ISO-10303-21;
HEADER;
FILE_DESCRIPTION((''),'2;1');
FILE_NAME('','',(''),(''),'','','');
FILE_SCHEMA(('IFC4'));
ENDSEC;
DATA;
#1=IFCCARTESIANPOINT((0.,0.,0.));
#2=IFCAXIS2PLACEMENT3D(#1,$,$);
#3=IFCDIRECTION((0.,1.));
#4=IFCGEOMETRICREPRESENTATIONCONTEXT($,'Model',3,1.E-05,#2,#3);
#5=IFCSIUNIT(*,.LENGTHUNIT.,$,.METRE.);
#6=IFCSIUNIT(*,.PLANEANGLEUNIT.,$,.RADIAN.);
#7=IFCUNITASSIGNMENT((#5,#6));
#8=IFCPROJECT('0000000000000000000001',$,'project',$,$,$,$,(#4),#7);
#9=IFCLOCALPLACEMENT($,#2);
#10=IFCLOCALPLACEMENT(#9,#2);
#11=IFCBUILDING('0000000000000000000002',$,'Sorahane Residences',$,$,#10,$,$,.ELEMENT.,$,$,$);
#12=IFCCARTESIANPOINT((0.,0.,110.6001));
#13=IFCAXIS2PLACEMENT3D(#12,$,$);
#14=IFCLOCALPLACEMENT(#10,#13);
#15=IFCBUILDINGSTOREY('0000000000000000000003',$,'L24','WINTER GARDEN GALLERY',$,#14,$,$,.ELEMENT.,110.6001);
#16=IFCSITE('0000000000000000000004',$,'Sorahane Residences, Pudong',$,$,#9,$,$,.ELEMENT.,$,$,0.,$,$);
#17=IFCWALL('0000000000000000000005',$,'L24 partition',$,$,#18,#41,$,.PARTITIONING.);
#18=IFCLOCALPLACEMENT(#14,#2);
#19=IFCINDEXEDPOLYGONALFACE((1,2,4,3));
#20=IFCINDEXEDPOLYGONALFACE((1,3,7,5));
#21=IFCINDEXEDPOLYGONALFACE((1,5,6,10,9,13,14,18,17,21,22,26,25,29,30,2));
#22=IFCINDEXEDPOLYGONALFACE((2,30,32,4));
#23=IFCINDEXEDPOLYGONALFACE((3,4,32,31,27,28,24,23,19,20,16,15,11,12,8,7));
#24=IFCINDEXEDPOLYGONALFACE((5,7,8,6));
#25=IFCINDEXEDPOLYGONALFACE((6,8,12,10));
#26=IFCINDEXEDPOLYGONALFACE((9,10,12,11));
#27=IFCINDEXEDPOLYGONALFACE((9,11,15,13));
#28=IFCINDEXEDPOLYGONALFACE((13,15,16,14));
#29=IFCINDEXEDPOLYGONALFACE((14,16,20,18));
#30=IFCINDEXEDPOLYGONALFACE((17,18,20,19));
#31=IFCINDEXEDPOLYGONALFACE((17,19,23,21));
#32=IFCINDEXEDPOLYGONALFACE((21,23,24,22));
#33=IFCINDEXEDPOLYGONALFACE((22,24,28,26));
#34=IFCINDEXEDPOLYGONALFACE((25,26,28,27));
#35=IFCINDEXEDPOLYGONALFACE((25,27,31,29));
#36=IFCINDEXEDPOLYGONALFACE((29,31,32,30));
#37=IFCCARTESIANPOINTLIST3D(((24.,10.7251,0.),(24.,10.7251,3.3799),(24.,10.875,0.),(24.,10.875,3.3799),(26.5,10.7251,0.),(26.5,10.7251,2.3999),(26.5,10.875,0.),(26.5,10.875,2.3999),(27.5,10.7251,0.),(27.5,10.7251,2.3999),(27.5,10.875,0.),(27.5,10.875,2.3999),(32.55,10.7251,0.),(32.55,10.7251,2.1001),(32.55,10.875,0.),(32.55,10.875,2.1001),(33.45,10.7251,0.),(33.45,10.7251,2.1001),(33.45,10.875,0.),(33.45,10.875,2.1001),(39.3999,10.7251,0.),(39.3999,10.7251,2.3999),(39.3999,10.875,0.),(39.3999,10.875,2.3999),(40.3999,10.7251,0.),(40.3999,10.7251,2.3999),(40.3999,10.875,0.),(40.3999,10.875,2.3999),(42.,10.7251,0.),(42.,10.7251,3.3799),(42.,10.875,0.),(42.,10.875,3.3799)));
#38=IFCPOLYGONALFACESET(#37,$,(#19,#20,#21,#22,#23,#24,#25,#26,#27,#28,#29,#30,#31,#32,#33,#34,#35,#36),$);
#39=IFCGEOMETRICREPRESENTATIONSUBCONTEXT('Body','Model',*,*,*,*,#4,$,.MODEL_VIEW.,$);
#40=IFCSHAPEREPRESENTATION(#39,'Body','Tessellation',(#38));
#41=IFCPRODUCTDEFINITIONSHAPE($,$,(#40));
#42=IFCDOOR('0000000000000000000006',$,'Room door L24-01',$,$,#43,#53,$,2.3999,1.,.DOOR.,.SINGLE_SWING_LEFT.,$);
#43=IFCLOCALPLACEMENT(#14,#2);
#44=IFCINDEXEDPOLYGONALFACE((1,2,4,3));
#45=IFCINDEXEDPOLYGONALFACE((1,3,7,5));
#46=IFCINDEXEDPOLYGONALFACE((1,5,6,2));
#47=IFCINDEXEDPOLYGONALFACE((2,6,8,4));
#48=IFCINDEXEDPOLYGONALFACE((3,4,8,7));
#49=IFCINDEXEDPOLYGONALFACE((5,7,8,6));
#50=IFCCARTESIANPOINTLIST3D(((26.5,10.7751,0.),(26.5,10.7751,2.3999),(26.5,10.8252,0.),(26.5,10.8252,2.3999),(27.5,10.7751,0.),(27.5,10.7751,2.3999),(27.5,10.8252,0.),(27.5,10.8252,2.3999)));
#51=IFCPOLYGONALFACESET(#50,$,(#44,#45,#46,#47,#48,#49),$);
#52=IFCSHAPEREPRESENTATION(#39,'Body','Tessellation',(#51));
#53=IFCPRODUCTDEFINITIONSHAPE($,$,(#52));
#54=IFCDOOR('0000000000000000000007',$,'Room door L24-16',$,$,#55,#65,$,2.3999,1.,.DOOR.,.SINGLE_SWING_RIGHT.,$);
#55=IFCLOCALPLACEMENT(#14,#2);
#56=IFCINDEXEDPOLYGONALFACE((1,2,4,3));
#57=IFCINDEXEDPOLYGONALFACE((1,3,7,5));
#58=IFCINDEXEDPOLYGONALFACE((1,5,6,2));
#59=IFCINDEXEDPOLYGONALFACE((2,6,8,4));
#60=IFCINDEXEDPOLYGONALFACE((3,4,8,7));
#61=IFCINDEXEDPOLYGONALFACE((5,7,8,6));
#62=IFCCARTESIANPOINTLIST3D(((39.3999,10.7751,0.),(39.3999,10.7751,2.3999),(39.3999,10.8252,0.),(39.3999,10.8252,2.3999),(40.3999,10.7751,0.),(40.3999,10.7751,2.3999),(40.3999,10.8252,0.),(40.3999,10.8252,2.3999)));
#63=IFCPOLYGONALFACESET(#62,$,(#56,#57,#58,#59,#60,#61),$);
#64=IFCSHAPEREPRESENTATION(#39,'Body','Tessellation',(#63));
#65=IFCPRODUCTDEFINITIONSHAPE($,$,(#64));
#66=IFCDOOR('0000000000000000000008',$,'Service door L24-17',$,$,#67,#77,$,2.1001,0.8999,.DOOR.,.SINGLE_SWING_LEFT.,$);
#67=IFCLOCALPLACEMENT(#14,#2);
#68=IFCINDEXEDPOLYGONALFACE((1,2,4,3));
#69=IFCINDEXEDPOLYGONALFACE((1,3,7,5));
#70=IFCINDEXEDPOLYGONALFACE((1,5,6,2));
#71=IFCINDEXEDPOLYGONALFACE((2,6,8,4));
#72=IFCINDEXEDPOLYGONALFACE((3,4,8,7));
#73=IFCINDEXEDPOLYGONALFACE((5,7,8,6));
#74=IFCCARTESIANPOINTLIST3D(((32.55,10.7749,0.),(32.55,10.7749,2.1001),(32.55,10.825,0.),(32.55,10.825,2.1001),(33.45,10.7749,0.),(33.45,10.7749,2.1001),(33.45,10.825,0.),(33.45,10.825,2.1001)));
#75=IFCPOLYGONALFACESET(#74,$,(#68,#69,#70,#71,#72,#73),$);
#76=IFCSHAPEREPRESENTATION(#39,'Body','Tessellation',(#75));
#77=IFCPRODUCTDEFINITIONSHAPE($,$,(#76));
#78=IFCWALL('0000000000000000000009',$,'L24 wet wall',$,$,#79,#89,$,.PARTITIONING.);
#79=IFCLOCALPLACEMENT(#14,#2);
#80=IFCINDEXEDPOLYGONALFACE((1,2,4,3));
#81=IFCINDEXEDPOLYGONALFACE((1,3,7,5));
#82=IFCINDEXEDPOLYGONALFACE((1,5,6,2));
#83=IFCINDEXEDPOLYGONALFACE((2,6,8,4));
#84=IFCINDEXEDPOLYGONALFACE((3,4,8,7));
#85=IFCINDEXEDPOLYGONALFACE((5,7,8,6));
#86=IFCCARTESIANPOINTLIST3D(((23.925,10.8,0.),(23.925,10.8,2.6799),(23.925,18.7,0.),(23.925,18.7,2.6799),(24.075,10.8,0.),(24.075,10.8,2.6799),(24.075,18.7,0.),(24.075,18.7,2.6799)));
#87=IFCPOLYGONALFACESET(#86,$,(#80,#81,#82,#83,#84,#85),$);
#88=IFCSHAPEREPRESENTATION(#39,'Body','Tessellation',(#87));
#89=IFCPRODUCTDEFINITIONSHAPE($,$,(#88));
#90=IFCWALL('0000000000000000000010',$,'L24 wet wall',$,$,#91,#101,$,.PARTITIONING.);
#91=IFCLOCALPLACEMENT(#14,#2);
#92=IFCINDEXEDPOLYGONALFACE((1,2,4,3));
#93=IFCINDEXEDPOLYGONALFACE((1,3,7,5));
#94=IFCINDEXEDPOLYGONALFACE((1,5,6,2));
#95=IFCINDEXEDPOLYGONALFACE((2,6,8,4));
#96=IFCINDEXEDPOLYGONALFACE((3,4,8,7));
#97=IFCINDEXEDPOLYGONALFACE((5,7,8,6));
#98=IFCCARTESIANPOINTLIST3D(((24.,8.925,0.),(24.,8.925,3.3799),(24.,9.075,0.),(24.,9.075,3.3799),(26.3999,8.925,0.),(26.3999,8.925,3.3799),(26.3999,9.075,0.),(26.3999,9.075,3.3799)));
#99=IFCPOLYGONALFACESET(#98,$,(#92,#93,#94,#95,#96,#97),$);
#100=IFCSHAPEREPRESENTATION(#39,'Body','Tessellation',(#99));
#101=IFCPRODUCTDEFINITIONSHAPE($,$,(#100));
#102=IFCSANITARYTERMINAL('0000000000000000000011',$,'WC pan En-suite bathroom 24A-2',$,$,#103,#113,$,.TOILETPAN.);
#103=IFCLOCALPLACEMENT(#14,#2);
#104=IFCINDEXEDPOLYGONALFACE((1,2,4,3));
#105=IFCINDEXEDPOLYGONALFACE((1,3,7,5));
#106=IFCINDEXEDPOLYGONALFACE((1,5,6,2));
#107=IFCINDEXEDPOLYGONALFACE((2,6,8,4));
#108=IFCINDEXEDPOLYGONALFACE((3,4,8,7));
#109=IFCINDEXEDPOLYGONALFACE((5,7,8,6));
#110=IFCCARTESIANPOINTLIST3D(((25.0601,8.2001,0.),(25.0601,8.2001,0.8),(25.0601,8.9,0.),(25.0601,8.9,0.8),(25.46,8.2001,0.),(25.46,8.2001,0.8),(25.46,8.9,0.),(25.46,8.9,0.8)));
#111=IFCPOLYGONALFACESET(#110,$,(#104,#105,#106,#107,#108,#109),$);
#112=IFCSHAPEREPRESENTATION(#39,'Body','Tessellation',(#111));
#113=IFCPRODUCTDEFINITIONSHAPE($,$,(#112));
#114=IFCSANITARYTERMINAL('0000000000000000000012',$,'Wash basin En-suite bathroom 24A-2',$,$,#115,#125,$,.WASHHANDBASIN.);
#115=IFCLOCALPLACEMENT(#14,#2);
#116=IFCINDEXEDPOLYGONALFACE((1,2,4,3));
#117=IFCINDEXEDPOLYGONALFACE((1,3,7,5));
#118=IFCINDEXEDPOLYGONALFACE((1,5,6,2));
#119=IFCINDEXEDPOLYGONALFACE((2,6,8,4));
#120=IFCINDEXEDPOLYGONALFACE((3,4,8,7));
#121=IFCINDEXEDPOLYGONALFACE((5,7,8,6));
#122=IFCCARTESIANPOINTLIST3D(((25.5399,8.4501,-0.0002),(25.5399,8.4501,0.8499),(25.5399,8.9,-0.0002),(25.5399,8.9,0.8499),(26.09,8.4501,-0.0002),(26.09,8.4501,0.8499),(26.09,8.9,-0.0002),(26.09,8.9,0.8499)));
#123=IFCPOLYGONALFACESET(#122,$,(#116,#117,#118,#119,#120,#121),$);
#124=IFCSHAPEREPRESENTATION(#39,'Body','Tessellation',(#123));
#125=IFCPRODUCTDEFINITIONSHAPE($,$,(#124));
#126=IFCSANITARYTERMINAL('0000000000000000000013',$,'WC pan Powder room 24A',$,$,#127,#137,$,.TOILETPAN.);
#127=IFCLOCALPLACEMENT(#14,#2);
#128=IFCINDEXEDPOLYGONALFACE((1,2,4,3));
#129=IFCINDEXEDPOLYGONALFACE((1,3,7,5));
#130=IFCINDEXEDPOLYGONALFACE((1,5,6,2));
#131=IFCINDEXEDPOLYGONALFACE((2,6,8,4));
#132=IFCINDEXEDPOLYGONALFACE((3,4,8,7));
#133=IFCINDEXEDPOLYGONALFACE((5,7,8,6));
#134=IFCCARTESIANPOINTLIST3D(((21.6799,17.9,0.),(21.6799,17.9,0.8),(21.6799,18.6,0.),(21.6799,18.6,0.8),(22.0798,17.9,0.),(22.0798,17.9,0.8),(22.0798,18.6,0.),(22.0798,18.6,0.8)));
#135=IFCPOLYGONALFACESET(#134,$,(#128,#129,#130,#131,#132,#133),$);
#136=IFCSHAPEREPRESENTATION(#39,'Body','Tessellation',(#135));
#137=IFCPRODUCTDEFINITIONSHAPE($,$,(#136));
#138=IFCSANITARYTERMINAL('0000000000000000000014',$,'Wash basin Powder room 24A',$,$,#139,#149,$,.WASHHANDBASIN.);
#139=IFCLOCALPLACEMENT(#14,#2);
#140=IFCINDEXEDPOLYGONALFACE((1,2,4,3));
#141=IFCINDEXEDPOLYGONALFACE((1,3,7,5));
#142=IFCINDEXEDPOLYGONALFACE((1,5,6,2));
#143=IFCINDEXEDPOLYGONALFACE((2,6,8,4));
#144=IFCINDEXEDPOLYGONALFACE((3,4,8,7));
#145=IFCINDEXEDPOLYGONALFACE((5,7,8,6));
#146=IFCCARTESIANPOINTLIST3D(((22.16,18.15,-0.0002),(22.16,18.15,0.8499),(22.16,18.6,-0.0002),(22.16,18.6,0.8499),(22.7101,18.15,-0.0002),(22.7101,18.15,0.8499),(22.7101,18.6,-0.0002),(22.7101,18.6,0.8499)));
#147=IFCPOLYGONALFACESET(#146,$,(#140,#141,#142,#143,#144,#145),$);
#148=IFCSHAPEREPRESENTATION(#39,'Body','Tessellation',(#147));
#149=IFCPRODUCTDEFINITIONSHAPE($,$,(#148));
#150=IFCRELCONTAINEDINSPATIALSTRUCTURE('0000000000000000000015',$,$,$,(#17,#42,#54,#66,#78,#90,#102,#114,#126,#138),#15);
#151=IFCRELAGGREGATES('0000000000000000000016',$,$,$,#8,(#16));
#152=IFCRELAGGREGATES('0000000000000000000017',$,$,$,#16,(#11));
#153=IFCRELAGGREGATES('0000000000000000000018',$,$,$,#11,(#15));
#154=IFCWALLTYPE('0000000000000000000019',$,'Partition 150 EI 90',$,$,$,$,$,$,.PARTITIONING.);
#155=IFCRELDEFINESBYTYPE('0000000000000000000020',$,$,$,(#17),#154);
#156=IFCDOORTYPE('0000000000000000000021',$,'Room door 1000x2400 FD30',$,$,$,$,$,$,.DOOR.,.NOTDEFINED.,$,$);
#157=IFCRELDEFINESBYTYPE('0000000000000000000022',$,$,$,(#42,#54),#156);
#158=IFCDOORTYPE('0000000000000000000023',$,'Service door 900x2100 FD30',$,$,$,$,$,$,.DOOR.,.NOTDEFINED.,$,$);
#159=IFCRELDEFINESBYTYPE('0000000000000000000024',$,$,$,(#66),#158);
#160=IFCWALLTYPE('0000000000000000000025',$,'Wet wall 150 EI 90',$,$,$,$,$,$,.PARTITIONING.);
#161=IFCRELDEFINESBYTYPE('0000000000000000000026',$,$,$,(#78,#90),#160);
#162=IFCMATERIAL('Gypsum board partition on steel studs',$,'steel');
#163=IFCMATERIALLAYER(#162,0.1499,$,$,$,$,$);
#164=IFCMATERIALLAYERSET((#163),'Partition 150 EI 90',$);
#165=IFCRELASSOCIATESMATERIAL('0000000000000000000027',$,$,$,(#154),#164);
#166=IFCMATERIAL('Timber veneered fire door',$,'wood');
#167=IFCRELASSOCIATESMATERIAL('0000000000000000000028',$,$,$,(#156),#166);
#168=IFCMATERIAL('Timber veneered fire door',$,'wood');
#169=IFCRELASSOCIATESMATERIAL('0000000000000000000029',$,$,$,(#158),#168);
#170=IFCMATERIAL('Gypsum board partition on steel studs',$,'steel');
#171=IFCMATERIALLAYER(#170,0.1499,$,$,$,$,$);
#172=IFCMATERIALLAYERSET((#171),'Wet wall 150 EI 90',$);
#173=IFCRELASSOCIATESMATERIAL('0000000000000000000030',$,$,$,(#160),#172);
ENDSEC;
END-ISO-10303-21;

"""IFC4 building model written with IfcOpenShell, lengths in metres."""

from ifc_helpers import new_model, si_unit, direction, frame, frame_2d, origin, origin_2d, place, context, subcontext, project, spatial, rectangle, extrude, material, layer, layer_set, type_object, element, fill, save


model = new_model("IFC4")

# Units and contexts
model_context = context("Model", 3, precision=1e-05, world=origin(), true_north=direction((0.0, 1.0)))
body_context = subcontext(model_context, "Body", "Model", "MODEL_VIEW")
ifc_project = project(units=[si_unit("LENGTHUNIT", "METRE"), si_unit("PLANEANGLEUNIT", "RADIAN")], contexts=[model_context])

# Site, building, storey
site_placement = place(None, origin())
site = spatial("IfcSite", under=ifc_project, at=site_placement, Name="Sorahane Residences, Pudong", CompositionType="ELEMENT", RefElevation=0.0)
building_placement = place(site_placement, origin())
building = spatial("IfcBuilding", under=site, at=building_placement, Name="Sorahane Residences", CompositionType="ELEMENT")
storey_placement = place(building_placement, frame((0.0, 0.0, 110.6001)))
storey = spatial("IfcBuildingStorey", under=building, at=storey_placement, Name="L24", Description="WINTER GARDEN GALLERY", CompositionType="ELEMENT", Elevation=110.6001)

# Wall, openings, doors
ifc_material_1 = material(Name="Gypsum board partition on steel studs", Category="steel")
ifc_layer_1 = layer(ifc_material_1, 0.1499)
ifc_layer_set_1 = layer_set([ifc_layer_1], Name="Partition 150 EI 90")
wall_type_1 = type_object("IfcWallType", Name="Partition 150 EI 90", PredefinedType="PARTITIONING", material=ifc_layer_set_1)
wall_1_placement = place(storey_placement, frame((24.0, 10.8, 0.0), z_axis=(0.0, 0.0, 1.0), x_axis=(1.0, 0.0, 0.0)))
wall_1 = element("IfcWall", 1, at=wall_1_placement, inside=storey, type_object=wall_type_1, Name="L24 partition", PredefinedType="PARTITIONING", context=body_context, shape_type="SweptSolid", body=[
    extrude(rectangle(XDim=18.0, YDim=0.1499, at=frame_2d((9.0, 0.0))), origin(), (0.0, 0.0, 1.0), 3.3799),
])
opening_1_placement = place(wall_1_placement, frame((2.5, 0.0, 0.0)))
opening_1 = element("IfcOpeningElement", 2, at=opening_1_placement, cuts=wall_1, PredefinedType="OPENING", context=body_context, shape_type="SweptSolid", body=[
    extrude(rectangle(XDim=1.0, YDim=2.3999, at=frame_2d((0.5, 1.2))), frame((0.0, 0.085, 0.0), z_axis=(0.0, -1.0, 0.0), x_axis=(1.0, 0.0, 0.0)), (0.0, 0.0, 1.0), 0.1699),
])
opening_2_placement = place(wall_1_placement, frame((15.3999, 0.0, 0.0)))
opening_2 = element("IfcOpeningElement", 3, at=opening_2_placement, cuts=wall_1, PredefinedType="OPENING", context=body_context, shape_type="SweptSolid", body=[
    extrude(rectangle(XDim=1.0, YDim=2.3999, at=frame_2d((0.5, 1.2))), frame((0.0, 0.085, 0.0), z_axis=(0.0, -1.0, 0.0), x_axis=(1.0, 0.0, 0.0)), (0.0, 0.0, 1.0), 0.1699),
])
opening_3_placement = place(wall_1_placement, frame((8.55, 0.0, 0.0)))
opening_3 = element("IfcOpeningElement", 4, at=opening_3_placement, cuts=wall_1, PredefinedType="OPENING", context=body_context, shape_type="SweptSolid", body=[
    extrude(rectangle(XDim=0.8999, YDim=2.1001, at=frame_2d((0.45, 1.05))), frame((0.0, 0.085, 0.0), z_axis=(0.0, -1.0, 0.0), x_axis=(1.0, 0.0, 0.0)), (0.0, 0.0, 1.0), 0.1699),
])
ifc_material_2 = material(Name="Timber veneered fire door", Category="wood")
door_type_1 = type_object("IfcDoorType", Name="Room door 1000x2400 FD30", OperationType="NOTDEFINED", PredefinedType="DOOR", material=ifc_material_2)
door_1_placement = place(opening_1_placement, frame((1.0, 0.0, 0.0), z_axis=(0.0, 0.0, 1.0), x_axis=(-1.0, 0.0, 0.0)))
door_1 = element("IfcDoor", 5, at=door_1_placement, inside=storey, type_object=door_type_1, Name="Room door L24-01", OperationType="SINGLE_SWING_LEFT", OverallHeight=2.3999, OverallWidth=1.0, PredefinedType="DOOR", context=body_context, shape_type="SweptSolid", body=[
    extrude(rectangle(XDim=1.0, YDim=2.3999, at=frame_2d((0.5, 1.2))), frame((0.0, 0.0249, 0.0), z_axis=(0.0, -1.0, 0.0), x_axis=(1.0, 0.0, 0.0)), (0.0, 0.0, 1.0), 0.05),
])
fill(opening_1, door_1)
door_2_placement = place(opening_2_placement, frame((1.0, 0.0, 0.0), z_axis=(0.0, 0.0, 1.0), x_axis=(-1.0, 0.0, 0.0)))
door_2 = element("IfcDoor", 6, at=door_2_placement, inside=storey, type_object=door_type_1, Name="Room door L24-16", OperationType="SINGLE_SWING_RIGHT", OverallHeight=2.3999, OverallWidth=1.0, PredefinedType="DOOR", context=body_context, shape_type="SweptSolid", body=[
    extrude(rectangle(XDim=1.0, YDim=2.3999, at=frame_2d((0.5, 1.2))), frame((0.0, 0.0249, 0.0), z_axis=(0.0, -1.0, 0.0), x_axis=(1.0, 0.0, 0.0)), (0.0, 0.0, 1.0), 0.05),
])
fill(opening_2, door_2)
ifc_material_3 = material(Name="Timber veneered fire door", Category="wood")
door_type_2 = type_object("IfcDoorType", Name="Service door 900x2100 FD30", OperationType="NOTDEFINED", PredefinedType="DOOR", material=ifc_material_3)
door_3_placement = place(opening_3_placement, origin())
door_3 = element("IfcDoor", 7, at=door_3_placement, inside=storey, type_object=door_type_2, Name="Service door L24-17", OperationType="SINGLE_SWING_LEFT", OverallHeight=2.1001, OverallWidth=0.8999, PredefinedType="DOOR", context=body_context, shape_type="SweptSolid", body=[
    extrude(rectangle(XDim=0.8999, YDim=2.1001, at=frame_2d((0.45, 1.05))), frame((0.0, 0.0249, 0.0), z_axis=(0.0, -1.0, 0.0), x_axis=(1.0, 0.0, 0.0)), (0.0, 0.0, 1.0), 0.05),
])
fill(opening_3, door_3)

# Wall
ifc_material_4 = material(Name="Gypsum board partition on steel studs", Category="steel")
ifc_layer_2 = layer(ifc_material_4, 0.1499)
ifc_layer_set_2 = layer_set([ifc_layer_2], Name="Wet wall 150 EI 90")
wall_type_2 = type_object("IfcWallType", Name="Wet wall 150 EI 90", PredefinedType="PARTITIONING", material=ifc_layer_set_2)
wall_2_placement = place(storey_placement, frame((24.0, 10.8, 0.0), z_axis=(0.0, 0.0, 1.0), x_axis=(0.0, 1.0, 0.0)))
element("IfcWall", 8, at=wall_2_placement, inside=storey, type_object=wall_type_2, Name="L24 wet wall", PredefinedType="PARTITIONING", context=body_context, shape_type="SweptSolid", body=[
    extrude(rectangle(XDim=7.8999, YDim=0.1499, at=frame_2d((3.95, 0.0))), origin(), (0.0, 0.0, 1.0), 2.6799),
])

# Wall
wall_3_placement = place(storey_placement, frame((24.0, 9.0, 0.0), z_axis=(0.0, 0.0, 1.0), x_axis=(1.0, 0.0, 0.0)))
element("IfcWall", 9, at=wall_3_placement, inside=storey, type_object=wall_type_2, Name="L24 wet wall", PredefinedType="PARTITIONING", context=body_context, shape_type="SweptSolid", body=[
    extrude(rectangle(XDim=2.3999, YDim=0.1499, at=frame_2d((1.2, 0.0))), origin(), (0.0, 0.0, 1.0), 3.3799),
])

# Sanitary terminals
sanitary_terminal_1_placement = place(storey_placement, frame((25.26, 8.55, 0.0), z_axis=(0.0, 0.0, 1.0), x_axis=(1.0, 0.0, 0.0)))
element("IfcSanitaryTerminal", 10, at=sanitary_terminal_1_placement, inside=storey, Name="WC pan En-suite bathroom 24A-2", PredefinedType="TOILETPAN", context=body_context, shape_type="SweptSolid", body=[
    extrude(rectangle(XDim=0.3999, YDim=0.7, at=origin_2d()), origin(), (0.0, 0.0, 1.0), 0.8),
])
sanitary_terminal_2_placement = place(storey_placement, frame((25.8149, 8.675, -0.0002), z_axis=(0.0, 0.0, 1.0), x_axis=(1.0, 0.0, 0.0)))
element("IfcSanitaryTerminal", 11, at=sanitary_terminal_2_placement, inside=storey, Name="Wash basin En-suite bathroom 24A-2", PredefinedType="WASHHANDBASIN", context=body_context, shape_type="SweptSolid", body=[
    extrude(rectangle(XDim=0.55, YDim=0.45, at=origin_2d()), origin(), (0.0, 0.0, 1.0), 0.8501),
])
sanitary_terminal_3_placement = place(storey_placement, frame((21.8799, 18.25, 0.0), z_axis=(0.0, 0.0, 1.0), x_axis=(1.0, 0.0, 0.0)))
element("IfcSanitaryTerminal", 12, at=sanitary_terminal_3_placement, inside=storey, Name="WC pan Powder room 24A", PredefinedType="TOILETPAN", context=body_context, shape_type="SweptSolid", body=[
    extrude(rectangle(XDim=0.3999, YDim=0.7, at=origin_2d()), origin(), (0.0, 0.0, 1.0), 0.8),
])
sanitary_terminal_4_placement = place(storey_placement, frame((22.4351, 18.375, -0.0002), z_axis=(0.0, 0.0, 1.0), x_axis=(1.0, 0.0, 0.0)))
element("IfcSanitaryTerminal", 13, at=sanitary_terminal_4_placement, inside=storey, Name="Wash basin Powder room 24A", PredefinedType="WASHHANDBASIN", context=body_context, shape_type="SweptSolid", body=[
    extrude(rectangle(XDim=0.55, YDim=0.45, at=origin_2d()), origin(), (0.0, 0.0, 1.0), 0.8501),
])

save(model, "model.ifc")
